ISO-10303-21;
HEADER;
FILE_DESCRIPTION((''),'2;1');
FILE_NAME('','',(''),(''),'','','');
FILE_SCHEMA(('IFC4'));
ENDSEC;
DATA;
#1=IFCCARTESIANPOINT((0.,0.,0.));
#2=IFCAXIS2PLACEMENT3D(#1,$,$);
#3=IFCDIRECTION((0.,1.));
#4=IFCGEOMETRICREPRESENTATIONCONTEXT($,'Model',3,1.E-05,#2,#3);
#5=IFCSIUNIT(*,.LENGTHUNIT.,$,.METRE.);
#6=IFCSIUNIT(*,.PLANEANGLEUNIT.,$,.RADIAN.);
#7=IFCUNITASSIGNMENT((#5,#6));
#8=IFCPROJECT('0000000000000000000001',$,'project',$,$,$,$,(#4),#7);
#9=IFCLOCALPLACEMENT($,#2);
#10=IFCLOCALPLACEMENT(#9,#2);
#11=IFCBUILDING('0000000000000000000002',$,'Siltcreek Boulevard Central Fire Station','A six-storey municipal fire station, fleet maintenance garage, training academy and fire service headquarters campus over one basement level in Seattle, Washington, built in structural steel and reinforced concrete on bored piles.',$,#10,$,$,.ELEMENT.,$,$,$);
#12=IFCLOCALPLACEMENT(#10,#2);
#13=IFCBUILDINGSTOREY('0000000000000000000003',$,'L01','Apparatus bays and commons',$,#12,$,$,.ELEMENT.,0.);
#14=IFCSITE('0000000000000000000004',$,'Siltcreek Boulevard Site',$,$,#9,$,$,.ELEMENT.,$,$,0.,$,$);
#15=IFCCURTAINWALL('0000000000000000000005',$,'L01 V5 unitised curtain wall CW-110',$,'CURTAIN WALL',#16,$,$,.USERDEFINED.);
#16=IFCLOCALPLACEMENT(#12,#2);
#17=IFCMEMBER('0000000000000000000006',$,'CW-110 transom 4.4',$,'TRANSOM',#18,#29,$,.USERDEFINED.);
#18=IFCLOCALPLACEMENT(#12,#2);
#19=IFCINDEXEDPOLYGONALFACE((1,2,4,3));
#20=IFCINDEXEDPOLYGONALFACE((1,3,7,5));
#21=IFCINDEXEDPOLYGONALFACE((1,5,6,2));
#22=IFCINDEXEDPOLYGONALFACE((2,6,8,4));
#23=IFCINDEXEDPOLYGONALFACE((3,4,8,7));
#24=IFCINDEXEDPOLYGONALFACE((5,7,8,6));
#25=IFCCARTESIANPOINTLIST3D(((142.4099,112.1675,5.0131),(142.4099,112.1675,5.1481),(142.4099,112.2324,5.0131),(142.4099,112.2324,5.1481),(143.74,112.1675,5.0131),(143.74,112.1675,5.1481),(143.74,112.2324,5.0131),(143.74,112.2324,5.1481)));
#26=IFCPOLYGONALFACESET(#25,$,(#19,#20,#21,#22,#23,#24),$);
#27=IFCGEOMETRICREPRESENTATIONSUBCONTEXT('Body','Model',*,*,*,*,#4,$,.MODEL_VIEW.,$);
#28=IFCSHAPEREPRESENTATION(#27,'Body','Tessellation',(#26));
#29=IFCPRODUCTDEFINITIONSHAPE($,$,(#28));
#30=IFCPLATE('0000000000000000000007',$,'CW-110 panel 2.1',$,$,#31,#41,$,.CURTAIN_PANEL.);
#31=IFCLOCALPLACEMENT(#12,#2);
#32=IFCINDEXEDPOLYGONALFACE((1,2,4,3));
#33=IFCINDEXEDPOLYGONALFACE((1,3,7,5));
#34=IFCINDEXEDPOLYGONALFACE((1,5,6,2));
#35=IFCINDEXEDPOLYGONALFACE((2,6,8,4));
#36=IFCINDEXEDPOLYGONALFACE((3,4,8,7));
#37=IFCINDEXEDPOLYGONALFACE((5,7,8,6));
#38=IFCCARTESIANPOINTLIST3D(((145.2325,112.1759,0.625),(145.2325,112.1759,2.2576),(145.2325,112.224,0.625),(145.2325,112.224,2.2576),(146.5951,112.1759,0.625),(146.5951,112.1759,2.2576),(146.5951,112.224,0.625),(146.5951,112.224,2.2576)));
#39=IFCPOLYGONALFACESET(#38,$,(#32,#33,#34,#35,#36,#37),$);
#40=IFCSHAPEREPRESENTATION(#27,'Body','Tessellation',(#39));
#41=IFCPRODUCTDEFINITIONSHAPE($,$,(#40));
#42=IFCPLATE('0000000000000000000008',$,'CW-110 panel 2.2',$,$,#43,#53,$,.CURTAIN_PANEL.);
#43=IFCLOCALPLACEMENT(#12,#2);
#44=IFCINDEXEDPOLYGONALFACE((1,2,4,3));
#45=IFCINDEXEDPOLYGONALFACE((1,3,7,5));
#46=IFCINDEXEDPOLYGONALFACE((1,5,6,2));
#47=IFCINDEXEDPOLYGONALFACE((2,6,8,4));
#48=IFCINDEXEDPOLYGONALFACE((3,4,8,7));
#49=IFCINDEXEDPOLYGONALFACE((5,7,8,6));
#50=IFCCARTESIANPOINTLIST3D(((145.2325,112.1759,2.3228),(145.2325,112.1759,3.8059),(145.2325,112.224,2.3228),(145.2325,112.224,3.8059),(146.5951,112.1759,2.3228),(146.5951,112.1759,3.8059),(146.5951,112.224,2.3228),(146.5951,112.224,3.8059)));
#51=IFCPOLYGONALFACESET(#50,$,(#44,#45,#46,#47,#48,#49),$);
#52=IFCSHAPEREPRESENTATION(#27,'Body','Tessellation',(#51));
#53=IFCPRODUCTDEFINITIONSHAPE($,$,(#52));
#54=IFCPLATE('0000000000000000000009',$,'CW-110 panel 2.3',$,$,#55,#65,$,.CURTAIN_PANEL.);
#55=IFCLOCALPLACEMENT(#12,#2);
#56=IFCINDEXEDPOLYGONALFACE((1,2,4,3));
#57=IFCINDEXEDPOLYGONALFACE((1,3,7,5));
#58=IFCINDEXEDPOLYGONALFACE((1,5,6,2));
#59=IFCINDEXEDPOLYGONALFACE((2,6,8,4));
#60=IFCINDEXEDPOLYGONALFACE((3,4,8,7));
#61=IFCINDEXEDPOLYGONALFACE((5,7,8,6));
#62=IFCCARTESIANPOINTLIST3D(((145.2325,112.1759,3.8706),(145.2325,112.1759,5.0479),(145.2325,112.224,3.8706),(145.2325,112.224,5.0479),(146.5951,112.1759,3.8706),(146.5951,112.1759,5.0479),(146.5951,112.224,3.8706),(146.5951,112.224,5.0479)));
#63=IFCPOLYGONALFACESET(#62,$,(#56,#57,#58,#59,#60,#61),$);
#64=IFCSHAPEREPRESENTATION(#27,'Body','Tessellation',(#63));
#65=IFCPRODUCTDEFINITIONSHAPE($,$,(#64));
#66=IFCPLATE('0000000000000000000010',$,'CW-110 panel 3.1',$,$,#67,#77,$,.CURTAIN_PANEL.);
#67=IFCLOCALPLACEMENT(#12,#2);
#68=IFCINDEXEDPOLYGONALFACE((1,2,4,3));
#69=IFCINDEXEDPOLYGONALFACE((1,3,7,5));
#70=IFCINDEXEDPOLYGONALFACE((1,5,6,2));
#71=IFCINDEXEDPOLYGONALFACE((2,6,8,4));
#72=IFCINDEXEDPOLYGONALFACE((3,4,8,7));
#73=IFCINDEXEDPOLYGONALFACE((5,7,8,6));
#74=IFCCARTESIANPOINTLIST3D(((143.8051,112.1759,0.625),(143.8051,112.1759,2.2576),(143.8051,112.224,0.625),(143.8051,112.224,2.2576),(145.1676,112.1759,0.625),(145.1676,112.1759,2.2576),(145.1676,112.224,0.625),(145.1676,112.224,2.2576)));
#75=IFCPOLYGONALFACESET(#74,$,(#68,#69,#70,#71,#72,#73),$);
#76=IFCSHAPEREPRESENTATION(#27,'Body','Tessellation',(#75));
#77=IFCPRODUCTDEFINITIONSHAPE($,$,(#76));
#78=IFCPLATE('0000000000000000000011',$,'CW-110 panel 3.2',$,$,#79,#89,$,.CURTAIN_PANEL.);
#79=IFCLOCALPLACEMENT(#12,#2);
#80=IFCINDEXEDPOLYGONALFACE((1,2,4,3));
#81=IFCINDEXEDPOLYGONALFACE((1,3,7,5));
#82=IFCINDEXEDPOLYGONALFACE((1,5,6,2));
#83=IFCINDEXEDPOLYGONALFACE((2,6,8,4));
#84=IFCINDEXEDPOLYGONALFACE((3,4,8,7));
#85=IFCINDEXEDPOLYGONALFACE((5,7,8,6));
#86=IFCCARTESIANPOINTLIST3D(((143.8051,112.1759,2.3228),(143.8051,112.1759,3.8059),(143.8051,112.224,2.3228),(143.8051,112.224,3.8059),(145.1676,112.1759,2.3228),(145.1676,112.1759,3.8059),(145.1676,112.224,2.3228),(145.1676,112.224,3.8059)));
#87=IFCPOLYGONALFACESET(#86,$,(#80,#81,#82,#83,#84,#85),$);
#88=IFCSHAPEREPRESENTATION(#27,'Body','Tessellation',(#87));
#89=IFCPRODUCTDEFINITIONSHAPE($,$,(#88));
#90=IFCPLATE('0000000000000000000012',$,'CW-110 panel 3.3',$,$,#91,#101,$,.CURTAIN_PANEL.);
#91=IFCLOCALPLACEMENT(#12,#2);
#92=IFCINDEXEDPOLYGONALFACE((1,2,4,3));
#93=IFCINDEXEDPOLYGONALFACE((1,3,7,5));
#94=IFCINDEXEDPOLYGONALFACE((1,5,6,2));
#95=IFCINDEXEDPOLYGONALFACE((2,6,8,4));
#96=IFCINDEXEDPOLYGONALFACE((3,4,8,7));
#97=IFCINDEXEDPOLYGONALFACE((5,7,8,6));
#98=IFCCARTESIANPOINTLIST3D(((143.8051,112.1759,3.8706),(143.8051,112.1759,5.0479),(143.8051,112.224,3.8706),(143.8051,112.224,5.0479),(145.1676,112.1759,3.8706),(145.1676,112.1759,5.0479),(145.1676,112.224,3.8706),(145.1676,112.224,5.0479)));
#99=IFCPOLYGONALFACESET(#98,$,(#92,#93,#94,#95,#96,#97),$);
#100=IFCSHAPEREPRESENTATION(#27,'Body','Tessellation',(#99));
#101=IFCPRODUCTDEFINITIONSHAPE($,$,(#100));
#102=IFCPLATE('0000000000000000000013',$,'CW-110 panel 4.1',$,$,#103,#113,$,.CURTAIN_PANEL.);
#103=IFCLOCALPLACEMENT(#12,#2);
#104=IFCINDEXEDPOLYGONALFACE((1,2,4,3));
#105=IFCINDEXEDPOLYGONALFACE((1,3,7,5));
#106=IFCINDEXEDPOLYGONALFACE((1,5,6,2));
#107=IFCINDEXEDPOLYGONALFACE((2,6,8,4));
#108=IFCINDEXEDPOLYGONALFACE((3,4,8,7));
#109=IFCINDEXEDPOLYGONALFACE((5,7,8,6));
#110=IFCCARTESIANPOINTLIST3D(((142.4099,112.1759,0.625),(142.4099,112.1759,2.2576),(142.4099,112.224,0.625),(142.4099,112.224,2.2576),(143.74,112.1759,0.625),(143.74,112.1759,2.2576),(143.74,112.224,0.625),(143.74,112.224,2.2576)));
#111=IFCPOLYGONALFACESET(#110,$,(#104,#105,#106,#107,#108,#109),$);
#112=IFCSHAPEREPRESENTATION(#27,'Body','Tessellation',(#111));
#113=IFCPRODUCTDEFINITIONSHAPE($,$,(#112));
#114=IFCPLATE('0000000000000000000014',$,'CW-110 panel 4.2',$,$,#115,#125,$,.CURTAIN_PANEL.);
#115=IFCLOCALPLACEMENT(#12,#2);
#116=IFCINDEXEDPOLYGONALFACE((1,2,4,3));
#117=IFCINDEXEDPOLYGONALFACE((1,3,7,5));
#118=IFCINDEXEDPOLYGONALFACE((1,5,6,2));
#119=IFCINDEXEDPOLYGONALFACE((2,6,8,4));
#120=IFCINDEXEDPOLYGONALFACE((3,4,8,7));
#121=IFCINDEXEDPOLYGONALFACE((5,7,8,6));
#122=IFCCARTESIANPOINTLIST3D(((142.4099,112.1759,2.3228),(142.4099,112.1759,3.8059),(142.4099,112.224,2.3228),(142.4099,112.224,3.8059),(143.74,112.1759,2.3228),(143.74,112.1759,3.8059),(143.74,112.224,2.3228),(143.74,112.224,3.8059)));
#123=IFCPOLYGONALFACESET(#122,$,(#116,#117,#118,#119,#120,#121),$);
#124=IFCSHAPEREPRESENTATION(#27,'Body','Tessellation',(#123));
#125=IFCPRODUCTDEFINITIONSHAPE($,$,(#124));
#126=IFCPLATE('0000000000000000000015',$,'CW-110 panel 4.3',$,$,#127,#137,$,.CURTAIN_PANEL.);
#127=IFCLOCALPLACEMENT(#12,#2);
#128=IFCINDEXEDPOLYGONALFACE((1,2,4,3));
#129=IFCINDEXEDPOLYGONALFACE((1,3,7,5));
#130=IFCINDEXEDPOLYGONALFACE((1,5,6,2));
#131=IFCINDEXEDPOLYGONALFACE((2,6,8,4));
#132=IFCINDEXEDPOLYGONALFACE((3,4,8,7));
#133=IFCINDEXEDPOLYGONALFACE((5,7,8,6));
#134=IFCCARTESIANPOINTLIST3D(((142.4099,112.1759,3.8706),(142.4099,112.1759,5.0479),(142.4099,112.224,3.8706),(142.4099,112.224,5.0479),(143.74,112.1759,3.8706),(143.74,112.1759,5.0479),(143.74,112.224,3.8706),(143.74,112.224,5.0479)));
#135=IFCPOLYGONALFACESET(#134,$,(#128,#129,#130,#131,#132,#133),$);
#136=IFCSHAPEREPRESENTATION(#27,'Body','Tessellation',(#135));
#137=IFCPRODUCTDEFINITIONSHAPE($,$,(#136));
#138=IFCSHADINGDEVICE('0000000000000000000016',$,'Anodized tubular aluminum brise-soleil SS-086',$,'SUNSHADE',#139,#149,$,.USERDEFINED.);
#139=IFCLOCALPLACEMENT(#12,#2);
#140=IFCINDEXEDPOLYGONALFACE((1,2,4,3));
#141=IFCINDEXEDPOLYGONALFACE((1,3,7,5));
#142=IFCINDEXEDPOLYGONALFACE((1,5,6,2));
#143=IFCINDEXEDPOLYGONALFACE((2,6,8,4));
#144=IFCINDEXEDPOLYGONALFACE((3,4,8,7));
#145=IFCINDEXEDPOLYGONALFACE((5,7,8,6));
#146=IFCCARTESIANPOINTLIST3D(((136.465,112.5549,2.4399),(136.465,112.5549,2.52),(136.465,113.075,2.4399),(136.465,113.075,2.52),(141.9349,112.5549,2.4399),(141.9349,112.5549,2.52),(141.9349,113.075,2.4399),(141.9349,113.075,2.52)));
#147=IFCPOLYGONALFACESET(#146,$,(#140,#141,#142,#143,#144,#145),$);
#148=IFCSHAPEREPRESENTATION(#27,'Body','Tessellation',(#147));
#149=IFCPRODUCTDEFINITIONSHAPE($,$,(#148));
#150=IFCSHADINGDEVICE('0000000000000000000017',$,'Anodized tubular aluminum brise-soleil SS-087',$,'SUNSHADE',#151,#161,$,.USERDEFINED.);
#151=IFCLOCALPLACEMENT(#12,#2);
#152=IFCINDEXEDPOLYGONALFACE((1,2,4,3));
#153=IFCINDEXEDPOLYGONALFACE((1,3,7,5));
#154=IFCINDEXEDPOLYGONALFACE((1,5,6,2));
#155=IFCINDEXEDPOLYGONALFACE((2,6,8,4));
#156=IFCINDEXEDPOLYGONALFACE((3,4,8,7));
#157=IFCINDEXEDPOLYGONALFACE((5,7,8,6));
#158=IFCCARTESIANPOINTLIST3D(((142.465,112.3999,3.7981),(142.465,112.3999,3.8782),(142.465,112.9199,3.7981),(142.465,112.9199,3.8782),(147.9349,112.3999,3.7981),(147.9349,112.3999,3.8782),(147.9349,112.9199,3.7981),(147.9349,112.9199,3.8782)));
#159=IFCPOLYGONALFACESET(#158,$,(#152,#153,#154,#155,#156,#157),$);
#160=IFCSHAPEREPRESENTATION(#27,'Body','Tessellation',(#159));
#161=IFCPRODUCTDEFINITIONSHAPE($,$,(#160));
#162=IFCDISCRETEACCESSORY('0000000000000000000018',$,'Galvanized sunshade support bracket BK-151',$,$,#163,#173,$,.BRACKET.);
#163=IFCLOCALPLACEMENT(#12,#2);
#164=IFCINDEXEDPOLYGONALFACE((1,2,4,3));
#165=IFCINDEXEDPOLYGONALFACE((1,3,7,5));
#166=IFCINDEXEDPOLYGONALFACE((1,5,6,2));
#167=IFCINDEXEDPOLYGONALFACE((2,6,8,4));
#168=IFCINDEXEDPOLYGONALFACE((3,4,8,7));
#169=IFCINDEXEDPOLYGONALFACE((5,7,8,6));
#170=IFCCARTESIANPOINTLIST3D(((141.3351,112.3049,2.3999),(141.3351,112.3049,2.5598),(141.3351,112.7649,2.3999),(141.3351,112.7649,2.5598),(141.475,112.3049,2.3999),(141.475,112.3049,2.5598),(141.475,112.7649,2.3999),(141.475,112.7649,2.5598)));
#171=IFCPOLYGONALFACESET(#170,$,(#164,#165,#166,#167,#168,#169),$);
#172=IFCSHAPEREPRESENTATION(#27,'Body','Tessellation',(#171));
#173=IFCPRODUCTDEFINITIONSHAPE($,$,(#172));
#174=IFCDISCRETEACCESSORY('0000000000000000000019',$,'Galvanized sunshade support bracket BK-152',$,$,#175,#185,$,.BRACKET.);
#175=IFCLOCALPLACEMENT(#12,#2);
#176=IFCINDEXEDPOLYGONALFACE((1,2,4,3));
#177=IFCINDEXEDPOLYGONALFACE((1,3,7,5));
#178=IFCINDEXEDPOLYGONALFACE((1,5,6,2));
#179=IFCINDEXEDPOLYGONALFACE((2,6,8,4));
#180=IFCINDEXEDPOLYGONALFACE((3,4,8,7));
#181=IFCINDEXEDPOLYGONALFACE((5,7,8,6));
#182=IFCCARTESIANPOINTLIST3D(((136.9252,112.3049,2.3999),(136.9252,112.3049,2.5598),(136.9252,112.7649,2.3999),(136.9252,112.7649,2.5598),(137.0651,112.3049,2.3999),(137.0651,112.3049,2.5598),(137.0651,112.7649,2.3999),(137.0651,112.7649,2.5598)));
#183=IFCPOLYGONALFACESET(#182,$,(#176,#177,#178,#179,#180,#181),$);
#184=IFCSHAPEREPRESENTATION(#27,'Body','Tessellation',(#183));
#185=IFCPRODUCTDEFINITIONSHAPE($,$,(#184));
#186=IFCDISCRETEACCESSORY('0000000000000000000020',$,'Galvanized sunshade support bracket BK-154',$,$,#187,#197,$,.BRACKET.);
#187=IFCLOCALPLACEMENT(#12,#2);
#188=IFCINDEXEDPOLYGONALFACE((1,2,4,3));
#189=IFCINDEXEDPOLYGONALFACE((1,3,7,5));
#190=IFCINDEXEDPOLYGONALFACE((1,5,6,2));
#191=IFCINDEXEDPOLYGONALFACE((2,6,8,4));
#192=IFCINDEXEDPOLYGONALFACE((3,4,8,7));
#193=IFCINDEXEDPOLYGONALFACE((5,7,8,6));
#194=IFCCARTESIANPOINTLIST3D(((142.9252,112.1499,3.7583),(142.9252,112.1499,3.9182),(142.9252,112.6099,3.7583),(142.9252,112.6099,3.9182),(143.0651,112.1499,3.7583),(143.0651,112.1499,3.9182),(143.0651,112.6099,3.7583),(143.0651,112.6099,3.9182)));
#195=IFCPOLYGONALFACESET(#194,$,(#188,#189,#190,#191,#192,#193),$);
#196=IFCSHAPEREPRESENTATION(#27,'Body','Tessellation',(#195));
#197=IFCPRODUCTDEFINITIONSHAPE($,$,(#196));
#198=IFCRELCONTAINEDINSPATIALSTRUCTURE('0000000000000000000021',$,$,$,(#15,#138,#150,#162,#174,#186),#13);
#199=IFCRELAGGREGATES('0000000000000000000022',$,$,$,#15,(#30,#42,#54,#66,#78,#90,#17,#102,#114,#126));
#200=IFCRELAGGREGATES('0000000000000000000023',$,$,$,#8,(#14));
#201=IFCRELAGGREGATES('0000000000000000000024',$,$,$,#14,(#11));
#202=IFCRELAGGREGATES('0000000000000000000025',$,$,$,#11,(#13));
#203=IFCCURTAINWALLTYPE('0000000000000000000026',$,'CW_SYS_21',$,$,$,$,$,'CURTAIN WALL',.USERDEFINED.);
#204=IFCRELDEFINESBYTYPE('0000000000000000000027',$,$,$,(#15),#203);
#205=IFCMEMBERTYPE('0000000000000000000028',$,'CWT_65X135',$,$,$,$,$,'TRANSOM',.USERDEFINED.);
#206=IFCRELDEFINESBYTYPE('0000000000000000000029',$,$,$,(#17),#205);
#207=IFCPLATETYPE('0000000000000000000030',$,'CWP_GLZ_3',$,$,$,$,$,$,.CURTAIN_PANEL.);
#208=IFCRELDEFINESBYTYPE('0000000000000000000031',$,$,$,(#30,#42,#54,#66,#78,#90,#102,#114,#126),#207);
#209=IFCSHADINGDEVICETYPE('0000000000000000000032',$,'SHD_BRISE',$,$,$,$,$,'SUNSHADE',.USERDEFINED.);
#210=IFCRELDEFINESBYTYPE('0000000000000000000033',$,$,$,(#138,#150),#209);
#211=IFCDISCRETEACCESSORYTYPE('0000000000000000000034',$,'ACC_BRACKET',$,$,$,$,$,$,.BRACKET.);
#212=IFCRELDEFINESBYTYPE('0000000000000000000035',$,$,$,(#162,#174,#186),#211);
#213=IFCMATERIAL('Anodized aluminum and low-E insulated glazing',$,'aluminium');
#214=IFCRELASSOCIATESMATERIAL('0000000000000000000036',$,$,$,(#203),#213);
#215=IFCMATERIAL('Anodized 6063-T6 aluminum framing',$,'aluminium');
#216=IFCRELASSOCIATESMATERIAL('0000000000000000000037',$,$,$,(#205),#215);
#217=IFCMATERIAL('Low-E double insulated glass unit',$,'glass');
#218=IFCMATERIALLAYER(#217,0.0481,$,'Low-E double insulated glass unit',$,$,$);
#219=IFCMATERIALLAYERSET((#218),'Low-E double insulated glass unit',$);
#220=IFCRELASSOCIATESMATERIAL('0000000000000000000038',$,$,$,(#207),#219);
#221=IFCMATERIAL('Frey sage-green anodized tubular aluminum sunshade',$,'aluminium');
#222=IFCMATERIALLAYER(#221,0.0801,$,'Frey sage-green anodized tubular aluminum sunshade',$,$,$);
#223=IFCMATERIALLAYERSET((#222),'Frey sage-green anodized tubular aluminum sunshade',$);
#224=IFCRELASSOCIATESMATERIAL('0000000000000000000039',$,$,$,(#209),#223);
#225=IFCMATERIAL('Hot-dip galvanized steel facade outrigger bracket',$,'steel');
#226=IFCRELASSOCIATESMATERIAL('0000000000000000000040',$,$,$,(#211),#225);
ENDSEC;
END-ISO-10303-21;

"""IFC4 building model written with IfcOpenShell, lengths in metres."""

from ifc_helpers import new_model, si_unit, direction, frame, origin, origin_2d, place, context, subcontext, project, spatial, rectangle, extrude, material, layer, layer_set, material_profile, profile_set, type_object, element, aggregate, save


model = new_model("IFC4")

# Units and contexts
model_context = context("Model", 3, precision=1e-05, world=origin(), true_north=direction((0.0, 1.0)))
body_context = subcontext(model_context, "Body", "Model", "MODEL_VIEW")
ifc_project = project(units=[si_unit("LENGTHUNIT", "METRE"), si_unit("PLANEANGLEUNIT", "RADIAN")], contexts=[model_context])

# Site, building, storey
site_placement = place(None, origin())
site = spatial("IfcSite", under=ifc_project, at=site_placement, Name="Siltcreek Boulevard Site", CompositionType="ELEMENT", RefElevation=0.0)
building_placement = place(site_placement, origin())
building = spatial("IfcBuilding", under=site, at=building_placement, Name="Siltcreek Boulevard Central Fire Station", Description="A six-storey municipal fire station, fleet maintenance garage, training academy and fire service headquarters campus over one basement level in Seattle, Washington, built in structural steel and reinforced concrete on bored piles.", CompositionType="ELEMENT")
storey_placement = place(building_placement, origin())
storey = spatial("IfcBuildingStorey", under=building, at=storey_placement, Name="L01", Description="Apparatus bays and commons", CompositionType="ELEMENT", Elevation=0.0)

# Curtain wall, member, plates
ifc_material_1 = material(Name="Anodized aluminum and low-E insulated glazing", Category="aluminium")
curtain_wall_type = type_object("IfcCurtainWallType", Name="CW_SYS_21", ElementType="CURTAIN WALL", PredefinedType="USERDEFINED", material=ifc_material_1)
curtain_wall_placement = place(storey_placement, origin())
curtain_wall = element("IfcCurtainWall", 1, at=curtain_wall_placement, inside=storey, type_object=curtain_wall_type, Name="L01 V5 unitised curtain wall CW-110", ObjectType="CURTAIN WALL", PredefinedType="USERDEFINED")
ifc_material_2 = material(Name="Anodized 6063-T6 aluminum framing", Category="aluminium")
ifc_material_profile_1 = material_profile(ifc_material_2, rectangle(XDim=0.0649, YDim=0.135, at=origin_2d()), Name="TRAN65X135")
ifc_profile_set_1 = profile_set([ifc_material_profile_1], Name="Anodized 6063-T6 aluminum framing")
member_type_1 = type_object("IfcMemberType", Name="CWT_65X135", ElementType="TRANSOM", PredefinedType="USERDEFINED", material=ifc_profile_set_1)
member_1_placement = place(storey_placement, frame((143.74, 112.2, 5.0806), z_axis=(-1.0, 0.0, 0.0), x_axis=(0.0, -1.0, 0.0)))
member_1 = element("IfcMember", 2, at=member_1_placement, type_object=member_type_1, Name="CW-110 transom 4.4", ObjectType="TRANSOM", PredefinedType="USERDEFINED", context=body_context, shape_type="SweptSolid", body=[
    extrude(rectangle(XDim=0.0649, YDim=0.135, at=origin_2d()), origin(), (0.0, 0.0, 1.0), 1.3301),
])
ifc_material_3 = material(Name="Low-E double insulated glass unit", Category="glass")
ifc_layer_1 = layer(ifc_material_3, 0.0481, Name="Low-E double insulated glass unit")
ifc_layer_set_1 = layer_set([ifc_layer_1], Name="Low-E double insulated glass unit")
plate_type = type_object("IfcPlateType", Name="CWP_GLZ_3", PredefinedType="CURTAIN_PANEL", material=ifc_layer_set_1)
plate_1_placement = place(storey_placement, frame((145.9138, 112.2, 0.625), z_axis=(0.0, 0.0, 1.0), x_axis=(-1.0, 0.0, 0.0)))
plate_1 = element("IfcPlate", 3, at=plate_1_placement, type_object=plate_type, Name="CW-110 panel 2.1", PredefinedType="CURTAIN_PANEL", context=body_context, shape_type="SweptSolid", body=[
    extrude(rectangle(XDim=1.3625, YDim=0.0481, at=origin_2d()), origin(), (0.0, 0.0, 1.0), 1.6326),
])
plate_2_placement = place(storey_placement, frame((145.9138, 112.2, 2.3228), z_axis=(0.0, 0.0, 1.0), x_axis=(-1.0, 0.0, 0.0)))
plate_2 = element("IfcPlate", 4, at=plate_2_placement, type_object=plate_type, Name="CW-110 panel 2.2", PredefinedType="CURTAIN_PANEL", context=body_context, shape_type="SweptSolid", body=[
    extrude(rectangle(XDim=1.3625, YDim=0.0481, at=origin_2d()), origin(), (0.0, 0.0, 1.0), 1.4832),
])
plate_3_placement = place(storey_placement, frame((145.9138, 112.2, 3.8706), z_axis=(0.0, 0.0, 1.0), x_axis=(-1.0, 0.0, 0.0)))
plate_3 = element("IfcPlate", 5, at=plate_3_placement, type_object=plate_type, Name="CW-110 panel 2.3", PredefinedType="CURTAIN_PANEL", context=body_context, shape_type="SweptSolid", body=[
    extrude(rectangle(XDim=1.3625, YDim=0.0481, at=origin_2d()), origin(), (0.0, 0.0, 1.0), 1.1772),
])
plate_4_placement = place(storey_placement, frame((144.4863, 112.2, 0.625), z_axis=(0.0, 0.0, 1.0), x_axis=(-1.0, 0.0, 0.0)))
plate_4 = element("IfcPlate", 6, at=plate_4_placement, type_object=plate_type, Name="CW-110 panel 3.1", PredefinedType="CURTAIN_PANEL", context=body_context, shape_type="SweptSolid", body=[
    extrude(rectangle(XDim=1.3625, YDim=0.0481, at=origin_2d()), origin(), (0.0, 0.0, 1.0), 1.6326),
])
plate_5_placement = place(storey_placement, frame((144.4863, 112.2, 2.3228), z_axis=(0.0, 0.0, 1.0), x_axis=(-1.0, 0.0, 0.0)))
plate_5 = element("IfcPlate", 7, at=plate_5_placement, type_object=plate_type, Name="CW-110 panel 3.2", PredefinedType="CURTAIN_PANEL", context=body_context, shape_type="SweptSolid", body=[
    extrude(rectangle(XDim=1.3625, YDim=0.0481, at=origin_2d()), origin(), (0.0, 0.0, 1.0), 1.4832),
])
plate_6_placement = place(storey_placement, frame((144.4863, 112.2, 3.8706), z_axis=(0.0, 0.0, 1.0), x_axis=(-1.0, 0.0, 0.0)))
plate_6 = element("IfcPlate", 8, at=plate_6_placement, type_object=plate_type, Name="CW-110 panel 3.3", PredefinedType="CURTAIN_PANEL", context=body_context, shape_type="SweptSolid", body=[
    extrude(rectangle(XDim=1.3625, YDim=0.0481, at=origin_2d()), origin(), (0.0, 0.0, 1.0), 1.1772),
])
plate_7_placement = place(storey_placement, frame((143.075, 112.2, 0.625), z_axis=(0.0, 0.0, 1.0), x_axis=(-1.0, 0.0, 0.0)))
plate_7 = element("IfcPlate", 9, at=plate_7_placement, type_object=plate_type, Name="CW-110 panel 4.1", PredefinedType="CURTAIN_PANEL", context=body_context, shape_type="SweptSolid", body=[
    extrude(rectangle(XDim=1.3301, YDim=0.0481, at=origin_2d()), origin(), (0.0, 0.0, 1.0), 1.6326),
])
plate_8_placement = place(storey_placement, frame((143.075, 112.2, 2.3228), z_axis=(0.0, 0.0, 1.0), x_axis=(-1.0, 0.0, 0.0)))
plate_8 = element("IfcPlate", 10, at=plate_8_placement, type_object=plate_type, Name="CW-110 panel 4.2", PredefinedType="CURTAIN_PANEL", context=body_context, shape_type="SweptSolid", body=[
    extrude(rectangle(XDim=1.3301, YDim=0.0481, at=origin_2d()), origin(), (0.0, 0.0, 1.0), 1.4832),
])
plate_9_placement = place(storey_placement, frame((143.075, 112.2, 3.8706), z_axis=(0.0, 0.0, 1.0), x_axis=(-1.0, 0.0, 0.0)))
plate_9 = element("IfcPlate", 11, at=plate_9_placement, type_object=plate_type, Name="CW-110 panel 4.3", PredefinedType="CURTAIN_PANEL", context=body_context, shape_type="SweptSolid", body=[
    extrude(rectangle(XDim=1.3301, YDim=0.0481, at=origin_2d()), origin(), (0.0, 0.0, 1.0), 1.1772),
])
aggregate(curtain_wall, [plate_1, plate_2, plate_3, plate_4, plate_5, plate_6, member_1, plate_7, plate_8, plate_9])

# Shading devices
ifc_material_4 = material(Name="Frey sage-green anodized tubular aluminum sunshade", Category="aluminium")
ifc_layer_2 = layer(ifc_material_4, 0.0801, Name="Frey sage-green anodized tubular aluminum sunshade")
ifc_layer_set_2 = layer_set([ifc_layer_2], Name="Frey sage-green anodized tubular aluminum sunshade")
shading_device_type = type_object("IfcShadingDeviceType", Name="SHD_BRISE", ElementType="SUNSHADE", PredefinedType="USERDEFINED", material=ifc_layer_set_2)
for number, where, z_axis, x_axis, name in (
    (12, (139.2, 112.8149, 2.4399), (0.0, 0.0, 1.0), (-1.0, 0.0, 0.0), "Anodized tubular aluminum brise-soleil SS-086"),
    (13, (145.2, 112.6599, 3.7981), (0.0, 0.0, 1.0), (-1.0, 0.0, 0.0), "Anodized tubular aluminum brise-soleil SS-087"),
):
    element("IfcShadingDevice", number, at=place(storey_placement, frame(where, z_axis=z_axis, x_axis=x_axis)), inside=storey, type_object=shading_device_type, Name=name, ObjectType="SUNSHADE", PredefinedType="USERDEFINED", context=body_context, shape_type="SweptSolid", body=[
        extrude(rectangle(XDim=5.47, YDim=0.52, at=origin_2d()), origin(), (0.0, 0.0, 1.0), 0.0801),
    ])

# Discrete accessories
ifc_material_5 = material(Name="Hot-dip galvanized steel facade outrigger bracket", Category="steel")
discrete_accessory_type = type_object("IfcDiscreteAccessoryType", Name="ACC_BRACKET", PredefinedType="BRACKET", material=ifc_material_5)
for number, where, z_axis, x_axis, name in (
    (14, (141.405, 112.5349, 2.3999), (0.0, 0.0, 1.0), (-1.0, 0.0, 0.0), "Galvanized sunshade support bracket BK-151"),
    (15, (136.9951, 112.5349, 2.3999), (0.0, 0.0, 1.0), (-1.0, 0.0, 0.0), "Galvanized sunshade support bracket BK-152"),
    (16, (142.9951, 112.3799, 3.7583), (0.0, 0.0, 1.0), (-1.0, 0.0, 0.0), "Galvanized sunshade support bracket BK-154"),
):
    element("IfcDiscreteAccessory", number, at=place(storey_placement, frame(where, z_axis=z_axis, x_axis=x_axis)), inside=storey, type_object=discrete_accessory_type, Name=name, PredefinedType="BRACKET", context=body_context, shape_type="SweptSolid", body=[
        extrude(rectangle(XDim=0.1399, YDim=0.46, at=origin_2d()), origin(), (0.0, 0.0, 1.0), 0.1599),
    ])

save(model, "model.ifc")
